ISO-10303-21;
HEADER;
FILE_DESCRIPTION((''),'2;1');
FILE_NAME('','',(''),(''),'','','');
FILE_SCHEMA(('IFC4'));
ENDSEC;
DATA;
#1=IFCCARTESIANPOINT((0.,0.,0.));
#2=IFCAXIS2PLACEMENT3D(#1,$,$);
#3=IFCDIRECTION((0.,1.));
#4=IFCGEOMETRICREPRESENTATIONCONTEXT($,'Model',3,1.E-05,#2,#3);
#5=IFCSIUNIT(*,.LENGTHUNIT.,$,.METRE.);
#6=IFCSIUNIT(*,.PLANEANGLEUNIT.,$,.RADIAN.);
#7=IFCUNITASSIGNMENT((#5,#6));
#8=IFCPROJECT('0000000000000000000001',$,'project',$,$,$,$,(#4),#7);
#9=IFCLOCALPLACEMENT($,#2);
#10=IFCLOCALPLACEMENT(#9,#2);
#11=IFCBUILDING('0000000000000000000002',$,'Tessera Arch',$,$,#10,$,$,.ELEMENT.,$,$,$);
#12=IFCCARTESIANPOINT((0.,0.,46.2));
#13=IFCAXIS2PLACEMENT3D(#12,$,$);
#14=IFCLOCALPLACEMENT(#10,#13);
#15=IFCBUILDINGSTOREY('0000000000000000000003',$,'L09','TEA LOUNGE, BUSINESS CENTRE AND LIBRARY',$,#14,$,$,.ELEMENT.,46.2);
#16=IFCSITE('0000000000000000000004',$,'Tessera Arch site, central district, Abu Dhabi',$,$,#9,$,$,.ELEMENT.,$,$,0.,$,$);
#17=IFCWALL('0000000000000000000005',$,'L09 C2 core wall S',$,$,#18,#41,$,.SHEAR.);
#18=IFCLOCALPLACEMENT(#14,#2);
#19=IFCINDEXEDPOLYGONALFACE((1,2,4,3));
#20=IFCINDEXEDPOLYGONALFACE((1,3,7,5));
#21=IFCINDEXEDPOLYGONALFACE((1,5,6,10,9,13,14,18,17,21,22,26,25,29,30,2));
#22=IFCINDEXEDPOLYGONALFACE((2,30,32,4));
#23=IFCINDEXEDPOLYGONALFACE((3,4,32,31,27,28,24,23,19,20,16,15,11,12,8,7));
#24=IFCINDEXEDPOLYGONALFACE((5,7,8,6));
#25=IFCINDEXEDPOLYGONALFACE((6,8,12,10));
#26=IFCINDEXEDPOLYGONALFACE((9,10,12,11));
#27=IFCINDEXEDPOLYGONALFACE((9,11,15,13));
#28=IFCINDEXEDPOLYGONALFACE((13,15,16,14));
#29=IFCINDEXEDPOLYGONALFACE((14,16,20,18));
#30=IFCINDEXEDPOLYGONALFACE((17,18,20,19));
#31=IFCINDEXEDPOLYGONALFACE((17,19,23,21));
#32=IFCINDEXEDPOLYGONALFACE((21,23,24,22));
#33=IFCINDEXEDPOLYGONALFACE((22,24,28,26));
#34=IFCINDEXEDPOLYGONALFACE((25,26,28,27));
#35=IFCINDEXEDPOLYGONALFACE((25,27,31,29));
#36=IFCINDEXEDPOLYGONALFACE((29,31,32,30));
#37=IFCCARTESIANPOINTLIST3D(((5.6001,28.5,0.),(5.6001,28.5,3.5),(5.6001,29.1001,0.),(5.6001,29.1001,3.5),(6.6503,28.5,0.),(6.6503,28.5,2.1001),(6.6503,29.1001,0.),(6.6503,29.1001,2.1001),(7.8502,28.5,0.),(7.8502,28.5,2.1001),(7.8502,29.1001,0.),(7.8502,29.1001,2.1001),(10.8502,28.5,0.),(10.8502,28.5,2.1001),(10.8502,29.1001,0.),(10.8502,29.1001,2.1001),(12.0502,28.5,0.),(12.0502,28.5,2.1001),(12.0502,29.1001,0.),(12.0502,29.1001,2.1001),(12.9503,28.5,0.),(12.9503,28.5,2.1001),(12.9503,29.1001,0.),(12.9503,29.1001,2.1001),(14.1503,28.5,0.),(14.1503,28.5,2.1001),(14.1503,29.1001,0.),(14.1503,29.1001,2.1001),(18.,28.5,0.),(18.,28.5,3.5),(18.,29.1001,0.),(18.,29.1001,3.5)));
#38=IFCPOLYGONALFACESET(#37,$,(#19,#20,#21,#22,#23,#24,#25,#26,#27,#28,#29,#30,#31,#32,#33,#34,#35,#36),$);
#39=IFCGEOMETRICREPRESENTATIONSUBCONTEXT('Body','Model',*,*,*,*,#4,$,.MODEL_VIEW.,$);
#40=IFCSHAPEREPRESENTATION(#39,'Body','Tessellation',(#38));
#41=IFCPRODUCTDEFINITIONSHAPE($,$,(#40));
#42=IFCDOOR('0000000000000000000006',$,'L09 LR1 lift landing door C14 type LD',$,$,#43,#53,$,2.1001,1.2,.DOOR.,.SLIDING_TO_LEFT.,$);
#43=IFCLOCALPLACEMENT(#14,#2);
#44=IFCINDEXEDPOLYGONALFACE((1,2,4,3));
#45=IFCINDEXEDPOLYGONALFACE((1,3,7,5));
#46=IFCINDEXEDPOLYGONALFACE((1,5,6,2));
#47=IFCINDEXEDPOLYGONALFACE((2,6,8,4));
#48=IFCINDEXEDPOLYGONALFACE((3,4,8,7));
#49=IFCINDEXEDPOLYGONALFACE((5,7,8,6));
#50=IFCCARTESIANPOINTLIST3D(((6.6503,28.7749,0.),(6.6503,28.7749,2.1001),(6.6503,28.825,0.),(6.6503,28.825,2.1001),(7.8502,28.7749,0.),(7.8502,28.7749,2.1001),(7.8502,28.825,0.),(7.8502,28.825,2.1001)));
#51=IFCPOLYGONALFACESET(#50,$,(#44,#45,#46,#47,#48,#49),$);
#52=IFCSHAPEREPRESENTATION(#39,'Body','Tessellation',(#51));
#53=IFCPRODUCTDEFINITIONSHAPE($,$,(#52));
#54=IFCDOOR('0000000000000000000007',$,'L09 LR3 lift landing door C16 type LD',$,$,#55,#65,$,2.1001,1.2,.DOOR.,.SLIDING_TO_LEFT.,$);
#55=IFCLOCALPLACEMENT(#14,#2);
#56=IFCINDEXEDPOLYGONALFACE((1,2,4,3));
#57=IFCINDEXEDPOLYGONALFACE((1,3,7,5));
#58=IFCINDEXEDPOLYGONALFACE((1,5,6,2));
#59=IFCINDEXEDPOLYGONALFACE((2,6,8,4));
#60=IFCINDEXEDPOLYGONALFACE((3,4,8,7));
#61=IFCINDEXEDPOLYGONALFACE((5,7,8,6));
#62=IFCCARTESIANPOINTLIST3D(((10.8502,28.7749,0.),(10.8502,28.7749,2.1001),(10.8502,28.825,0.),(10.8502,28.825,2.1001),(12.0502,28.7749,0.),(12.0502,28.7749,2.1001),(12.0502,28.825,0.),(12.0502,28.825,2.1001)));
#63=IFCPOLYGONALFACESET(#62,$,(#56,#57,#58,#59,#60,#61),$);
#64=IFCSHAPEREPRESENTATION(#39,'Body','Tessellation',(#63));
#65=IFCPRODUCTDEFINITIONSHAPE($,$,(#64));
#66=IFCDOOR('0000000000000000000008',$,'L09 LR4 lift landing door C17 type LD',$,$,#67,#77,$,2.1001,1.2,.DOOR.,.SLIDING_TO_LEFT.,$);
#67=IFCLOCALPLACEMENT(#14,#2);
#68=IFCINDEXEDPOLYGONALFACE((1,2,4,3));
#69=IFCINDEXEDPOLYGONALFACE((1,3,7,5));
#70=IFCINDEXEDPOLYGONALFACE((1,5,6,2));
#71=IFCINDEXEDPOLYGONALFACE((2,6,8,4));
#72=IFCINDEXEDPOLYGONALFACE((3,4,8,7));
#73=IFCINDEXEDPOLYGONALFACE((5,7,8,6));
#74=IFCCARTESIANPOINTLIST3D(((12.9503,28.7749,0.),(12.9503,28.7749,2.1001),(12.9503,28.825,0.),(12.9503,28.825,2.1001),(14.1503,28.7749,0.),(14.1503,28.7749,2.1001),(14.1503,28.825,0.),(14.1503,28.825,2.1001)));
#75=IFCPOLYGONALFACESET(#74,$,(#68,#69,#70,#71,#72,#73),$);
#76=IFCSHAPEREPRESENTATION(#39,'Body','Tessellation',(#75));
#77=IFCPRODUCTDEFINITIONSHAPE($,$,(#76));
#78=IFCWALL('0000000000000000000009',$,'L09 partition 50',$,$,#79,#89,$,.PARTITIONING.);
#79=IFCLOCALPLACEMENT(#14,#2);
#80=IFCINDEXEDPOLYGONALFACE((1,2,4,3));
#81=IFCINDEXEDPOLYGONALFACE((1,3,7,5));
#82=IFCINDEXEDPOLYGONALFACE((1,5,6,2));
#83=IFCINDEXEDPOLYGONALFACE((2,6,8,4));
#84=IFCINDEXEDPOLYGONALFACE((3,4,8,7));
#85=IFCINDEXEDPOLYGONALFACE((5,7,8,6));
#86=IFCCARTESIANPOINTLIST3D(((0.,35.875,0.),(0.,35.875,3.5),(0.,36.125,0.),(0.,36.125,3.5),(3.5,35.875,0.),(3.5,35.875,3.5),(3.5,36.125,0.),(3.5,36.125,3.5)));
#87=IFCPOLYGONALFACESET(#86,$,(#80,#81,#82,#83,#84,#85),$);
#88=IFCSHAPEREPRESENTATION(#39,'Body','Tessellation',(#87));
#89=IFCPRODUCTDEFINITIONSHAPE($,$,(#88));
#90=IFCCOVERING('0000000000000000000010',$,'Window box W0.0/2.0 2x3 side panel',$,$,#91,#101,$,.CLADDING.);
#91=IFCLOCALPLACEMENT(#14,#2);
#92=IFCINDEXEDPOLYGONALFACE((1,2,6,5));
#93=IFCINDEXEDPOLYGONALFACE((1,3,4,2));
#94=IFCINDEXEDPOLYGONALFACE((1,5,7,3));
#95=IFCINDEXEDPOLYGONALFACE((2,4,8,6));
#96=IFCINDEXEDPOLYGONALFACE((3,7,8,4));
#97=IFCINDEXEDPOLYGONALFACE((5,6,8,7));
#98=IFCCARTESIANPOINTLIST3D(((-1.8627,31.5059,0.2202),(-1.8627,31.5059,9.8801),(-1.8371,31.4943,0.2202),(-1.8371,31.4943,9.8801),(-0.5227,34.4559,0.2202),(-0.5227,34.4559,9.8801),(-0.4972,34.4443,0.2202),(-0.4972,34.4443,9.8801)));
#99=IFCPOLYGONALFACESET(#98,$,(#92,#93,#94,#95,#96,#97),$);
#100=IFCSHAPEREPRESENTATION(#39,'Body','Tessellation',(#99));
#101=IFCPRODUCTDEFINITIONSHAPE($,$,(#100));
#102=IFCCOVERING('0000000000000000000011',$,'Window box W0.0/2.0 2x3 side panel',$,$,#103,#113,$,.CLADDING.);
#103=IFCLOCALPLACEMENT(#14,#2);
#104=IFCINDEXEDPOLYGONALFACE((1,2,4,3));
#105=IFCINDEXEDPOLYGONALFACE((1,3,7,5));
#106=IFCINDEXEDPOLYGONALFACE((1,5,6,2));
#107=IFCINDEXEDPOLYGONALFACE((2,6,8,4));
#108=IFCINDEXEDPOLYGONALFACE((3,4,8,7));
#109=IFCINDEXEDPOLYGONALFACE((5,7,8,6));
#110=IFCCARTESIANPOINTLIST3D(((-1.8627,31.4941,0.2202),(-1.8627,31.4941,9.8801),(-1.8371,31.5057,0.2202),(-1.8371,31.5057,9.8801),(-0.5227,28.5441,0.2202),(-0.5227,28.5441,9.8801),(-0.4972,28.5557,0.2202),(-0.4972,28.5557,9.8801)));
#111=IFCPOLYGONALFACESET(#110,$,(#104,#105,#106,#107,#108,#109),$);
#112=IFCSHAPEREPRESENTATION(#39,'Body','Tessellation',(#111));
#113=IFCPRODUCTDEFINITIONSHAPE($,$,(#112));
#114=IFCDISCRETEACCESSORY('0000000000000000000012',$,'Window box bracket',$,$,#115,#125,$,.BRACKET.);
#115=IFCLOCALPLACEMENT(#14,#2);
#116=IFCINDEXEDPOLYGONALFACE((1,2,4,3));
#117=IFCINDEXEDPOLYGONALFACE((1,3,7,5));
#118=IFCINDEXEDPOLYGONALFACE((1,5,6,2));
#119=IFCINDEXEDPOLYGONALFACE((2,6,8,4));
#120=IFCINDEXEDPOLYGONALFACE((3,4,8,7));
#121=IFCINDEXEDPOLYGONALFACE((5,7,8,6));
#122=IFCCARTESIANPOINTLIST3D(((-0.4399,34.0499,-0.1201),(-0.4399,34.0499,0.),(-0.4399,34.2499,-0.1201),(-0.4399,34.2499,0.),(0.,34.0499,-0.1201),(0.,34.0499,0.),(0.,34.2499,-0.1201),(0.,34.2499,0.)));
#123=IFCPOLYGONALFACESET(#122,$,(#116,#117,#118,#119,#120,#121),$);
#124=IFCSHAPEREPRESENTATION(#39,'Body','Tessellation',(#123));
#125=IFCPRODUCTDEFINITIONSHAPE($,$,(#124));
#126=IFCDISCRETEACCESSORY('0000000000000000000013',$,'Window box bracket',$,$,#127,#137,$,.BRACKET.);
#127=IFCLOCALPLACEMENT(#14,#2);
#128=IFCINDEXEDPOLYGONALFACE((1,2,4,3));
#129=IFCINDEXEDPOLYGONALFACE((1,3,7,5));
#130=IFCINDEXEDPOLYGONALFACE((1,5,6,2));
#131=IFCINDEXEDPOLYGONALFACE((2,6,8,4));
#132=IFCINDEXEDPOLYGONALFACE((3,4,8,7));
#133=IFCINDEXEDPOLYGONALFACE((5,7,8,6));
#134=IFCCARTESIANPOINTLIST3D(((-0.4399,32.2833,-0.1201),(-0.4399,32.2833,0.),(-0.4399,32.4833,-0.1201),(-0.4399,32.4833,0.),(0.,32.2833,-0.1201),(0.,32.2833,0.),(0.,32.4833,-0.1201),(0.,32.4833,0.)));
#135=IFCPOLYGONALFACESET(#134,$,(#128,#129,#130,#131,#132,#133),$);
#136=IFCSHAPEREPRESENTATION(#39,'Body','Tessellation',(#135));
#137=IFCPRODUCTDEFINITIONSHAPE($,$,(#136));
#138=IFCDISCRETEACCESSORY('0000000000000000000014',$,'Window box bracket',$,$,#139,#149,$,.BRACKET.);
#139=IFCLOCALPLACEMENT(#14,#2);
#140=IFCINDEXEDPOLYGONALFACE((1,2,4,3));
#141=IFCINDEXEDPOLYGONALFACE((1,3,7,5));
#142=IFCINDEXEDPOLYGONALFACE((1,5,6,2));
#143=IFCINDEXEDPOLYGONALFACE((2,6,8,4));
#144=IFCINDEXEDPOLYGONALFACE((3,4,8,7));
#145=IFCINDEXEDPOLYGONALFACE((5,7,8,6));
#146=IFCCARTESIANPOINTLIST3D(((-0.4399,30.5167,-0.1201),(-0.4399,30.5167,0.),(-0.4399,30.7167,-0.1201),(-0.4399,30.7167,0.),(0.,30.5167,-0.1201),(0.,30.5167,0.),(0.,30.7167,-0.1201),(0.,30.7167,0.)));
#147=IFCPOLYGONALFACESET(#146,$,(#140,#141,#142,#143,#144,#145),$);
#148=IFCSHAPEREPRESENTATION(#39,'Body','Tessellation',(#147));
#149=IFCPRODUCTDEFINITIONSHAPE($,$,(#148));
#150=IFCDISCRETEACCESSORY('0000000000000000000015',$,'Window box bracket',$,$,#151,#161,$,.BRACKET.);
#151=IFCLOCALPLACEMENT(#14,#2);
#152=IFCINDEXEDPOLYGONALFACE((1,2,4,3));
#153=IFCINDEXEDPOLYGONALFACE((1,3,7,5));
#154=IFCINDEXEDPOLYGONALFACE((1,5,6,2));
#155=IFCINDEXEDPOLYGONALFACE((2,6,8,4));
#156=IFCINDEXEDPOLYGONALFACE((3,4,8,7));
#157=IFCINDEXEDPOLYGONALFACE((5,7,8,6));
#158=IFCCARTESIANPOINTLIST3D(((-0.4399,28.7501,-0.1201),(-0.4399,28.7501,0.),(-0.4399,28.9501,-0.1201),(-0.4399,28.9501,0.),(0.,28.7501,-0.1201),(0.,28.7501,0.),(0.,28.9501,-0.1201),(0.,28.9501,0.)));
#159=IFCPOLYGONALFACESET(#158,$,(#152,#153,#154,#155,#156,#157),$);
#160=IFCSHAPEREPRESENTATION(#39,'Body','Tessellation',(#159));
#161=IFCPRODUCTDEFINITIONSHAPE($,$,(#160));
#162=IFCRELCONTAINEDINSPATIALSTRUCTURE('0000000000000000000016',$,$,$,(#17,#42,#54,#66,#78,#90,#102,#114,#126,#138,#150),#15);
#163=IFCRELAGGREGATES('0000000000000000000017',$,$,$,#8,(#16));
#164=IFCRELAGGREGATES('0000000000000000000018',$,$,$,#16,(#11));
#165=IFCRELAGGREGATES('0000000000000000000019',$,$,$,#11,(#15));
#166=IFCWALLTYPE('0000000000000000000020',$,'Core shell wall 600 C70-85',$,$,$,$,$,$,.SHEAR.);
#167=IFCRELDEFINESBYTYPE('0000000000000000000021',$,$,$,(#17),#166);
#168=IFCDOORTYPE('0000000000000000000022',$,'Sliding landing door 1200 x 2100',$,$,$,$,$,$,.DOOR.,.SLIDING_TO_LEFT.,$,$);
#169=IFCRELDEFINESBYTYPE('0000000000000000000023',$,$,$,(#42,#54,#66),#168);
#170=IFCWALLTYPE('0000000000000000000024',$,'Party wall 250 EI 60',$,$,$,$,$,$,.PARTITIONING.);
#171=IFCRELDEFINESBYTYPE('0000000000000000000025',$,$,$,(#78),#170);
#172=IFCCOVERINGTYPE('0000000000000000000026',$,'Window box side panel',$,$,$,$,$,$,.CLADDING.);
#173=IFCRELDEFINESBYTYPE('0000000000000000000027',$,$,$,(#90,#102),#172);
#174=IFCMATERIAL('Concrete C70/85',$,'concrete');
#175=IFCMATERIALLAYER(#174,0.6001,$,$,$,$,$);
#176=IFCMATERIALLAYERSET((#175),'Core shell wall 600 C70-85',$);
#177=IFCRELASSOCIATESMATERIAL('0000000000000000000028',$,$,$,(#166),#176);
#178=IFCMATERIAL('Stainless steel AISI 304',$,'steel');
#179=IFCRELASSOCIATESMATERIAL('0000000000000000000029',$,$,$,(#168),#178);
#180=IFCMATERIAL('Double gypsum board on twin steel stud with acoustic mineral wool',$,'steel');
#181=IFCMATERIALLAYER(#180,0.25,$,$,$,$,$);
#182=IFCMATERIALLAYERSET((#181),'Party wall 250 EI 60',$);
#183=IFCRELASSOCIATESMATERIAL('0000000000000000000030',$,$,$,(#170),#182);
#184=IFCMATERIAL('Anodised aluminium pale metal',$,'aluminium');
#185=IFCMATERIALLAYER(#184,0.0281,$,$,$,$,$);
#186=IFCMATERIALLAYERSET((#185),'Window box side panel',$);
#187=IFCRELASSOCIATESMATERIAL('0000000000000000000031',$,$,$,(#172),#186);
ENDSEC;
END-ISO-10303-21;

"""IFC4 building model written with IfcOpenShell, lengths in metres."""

from ifc_helpers import new_model, si_unit, direction, frame, frame_2d, origin, origin_2d, place, context, subcontext, project, spatial, rectangle, extrude, material, layer, layer_set, type_object, element, fill, save


model = new_model("IFC4")

# Units and contexts
model_context = context("Model", 3, precision=1e-05, world=origin(), true_north=direction((0.0, 1.0)))
body_context = subcontext(model_context, "Body", "Model", "MODEL_VIEW")
ifc_project = project(units=[si_unit("LENGTHUNIT", "METRE"), si_unit("PLANEANGLEUNIT", "RADIAN")], contexts=[model_context])

# Site, building, storey
site_placement = place(None, origin())
site = spatial("IfcSite", under=ifc_project, at=site_placement, Name="Tessera Arch site, central district, Abu Dhabi", CompositionType="ELEMENT", RefElevation=0.0)
building_placement = place(site_placement, origin())
building = spatial("IfcBuilding", under=site, at=building_placement, Name="Tessera Arch", CompositionType="ELEMENT")
storey_placement = place(building_placement, frame((0.0, 0.0, 46.2)))
storey = spatial("IfcBuildingStorey", under=building, at=storey_placement, Name="L09", Description="TEA LOUNGE, BUSINESS CENTRE AND LIBRARY", CompositionType="ELEMENT", Elevation=46.2)

# Wall, openings, doors
ifc_material_1 = material(Name="Concrete C70/85", Category="concrete")
ifc_layer_1 = layer(ifc_material_1, 0.6001)
ifc_layer_set_1 = layer_set([ifc_layer_1], Name="Core shell wall 600 C70-85")
wall_type_1 = type_object("IfcWallType", Name="Core shell wall 600 C70-85", PredefinedType="SHEAR", material=ifc_layer_set_1)
wall_1_placement = place(storey_placement, frame((5.6001, 28.8, 0.0), z_axis=(0.0, 0.0, 1.0), x_axis=(1.0, 0.0, 0.0)))
wall_1 = element("IfcWall", 1, at=wall_1_placement, inside=storey, type_object=wall_type_1, Name="L09 C2 core wall S", PredefinedType="SHEAR", context=body_context, shape_type="SweptSolid", body=[
    extrude(rectangle(XDim=12.3999, YDim=0.6001, at=frame_2d((6.2, 0.0))), origin(), (0.0, 0.0, 1.0), 3.5),
])
opening_1_placement = place(wall_1_placement, frame((1.05, 0.0, 0.0)))
opening_1 = element("IfcOpeningElement", 2, at=opening_1_placement, cuts=wall_1, PredefinedType="OPENING", context=body_context, shape_type="SweptSolid", body=[
    extrude(rectangle(XDim=1.2, YDim=2.1001, at=frame_2d((0.6001, 1.05))), frame((0.0, 0.3101, 0.0), z_axis=(0.0, -1.0, 0.0), x_axis=(1.0, 0.0, 0.0)), (0.0, 0.0, 1.0), 0.6201),
])
opening_2_placement = place(wall_1_placement, frame((5.25, 0.0, 0.0)))
opening_2 = element("IfcOpeningElement", 3, at=opening_2_placement, cuts=wall_1, PredefinedType="OPENING", context=body_context, shape_type="SweptSolid", body=[
    extrude(rectangle(XDim=1.2, YDim=2.1001, at=frame_2d((0.6001, 1.05))), frame((0.0, 0.3101, 0.0), z_axis=(0.0, -1.0, 0.0), x_axis=(1.0, 0.0, 0.0)), (0.0, 0.0, 1.0), 0.6201),
])
opening_3_placement = place(wall_1_placement, frame((7.3501, 0.0, 0.0)))
opening_3 = element("IfcOpeningElement", 4, at=opening_3_placement, cuts=wall_1, PredefinedType="OPENING", context=body_context, shape_type="SweptSolid", body=[
    extrude(rectangle(XDim=1.2, YDim=2.1001, at=frame_2d((0.6001, 1.05))), frame((0.0, 0.3101, 0.0), z_axis=(0.0, -1.0, 0.0), x_axis=(1.0, 0.0, 0.0)), (0.0, 0.0, 1.0), 0.6201),
])
ifc_material_2 = material(Name="Stainless steel AISI 304", Category="steel")
door_type = type_object("IfcDoorType", Name="Sliding landing door 1200 x 2100", OperationType="SLIDING_TO_LEFT", PredefinedType="DOOR", material=ifc_material_2)
door_1_placement = place(opening_1_placement, origin())
door_1 = element("IfcDoor", 5, at=door_1_placement, inside=storey, type_object=door_type, Name="L09 LR1 lift landing door C14 type LD", OperationType="SLIDING_TO_LEFT", OverallHeight=2.1001, OverallWidth=1.2, PredefinedType="DOOR", context=body_context, shape_type="SweptSolid", body=[
    extrude(rectangle(XDim=1.2, YDim=2.1001, at=frame_2d((0.6001, 1.05))), frame((0.0, 0.0249, 0.0), z_axis=(0.0, -1.0, 0.0), x_axis=(1.0, 0.0, 0.0)), (0.0, 0.0, 1.0), 0.05),
])
fill(opening_1, door_1)
door_2_placement = place(opening_2_placement, origin())
door_2 = element("IfcDoor", 6, at=door_2_placement, inside=storey, type_object=door_type, Name="L09 LR3 lift landing door C16 type LD", OperationType="SLIDING_TO_LEFT", OverallHeight=2.1001, OverallWidth=1.2, PredefinedType="DOOR", context=body_context, shape_type="SweptSolid", body=[
    extrude(rectangle(XDim=1.2, YDim=2.1001, at=frame_2d((0.6001, 1.05))), frame((0.0, 0.0249, 0.0), z_axis=(0.0, -1.0, 0.0), x_axis=(1.0, 0.0, 0.0)), (0.0, 0.0, 1.0), 0.05),
])
fill(opening_2, door_2)
door_3_placement = place(opening_3_placement, origin())
door_3 = element("IfcDoor", 7, at=door_3_placement, inside=storey, type_object=door_type, Name="L09 LR4 lift landing door C17 type LD", OperationType="SLIDING_TO_LEFT", OverallHeight=2.1001, OverallWidth=1.2, PredefinedType="DOOR", context=body_context, shape_type="SweptSolid", body=[
    extrude(rectangle(XDim=1.2, YDim=2.1001, at=frame_2d((0.6001, 1.05))), frame((0.0, 0.0249, 0.0), z_axis=(0.0, -1.0, 0.0), x_axis=(1.0, 0.0, 0.0)), (0.0, 0.0, 1.0), 0.05),
])
fill(opening_3, door_3)

# Wall
ifc_material_3 = material(Name="Double gypsum board on twin steel stud with acoustic mineral wool", Category="steel")
ifc_layer_2 = layer(ifc_material_3, 0.25)
ifc_layer_set_2 = layer_set([ifc_layer_2], Name="Party wall 250 EI 60")
wall_type_2 = type_object("IfcWallType", Name="Party wall 250 EI 60", PredefinedType="PARTITIONING", material=ifc_layer_set_2)
wall_2_placement = place(storey_placement, frame((0.0, 36.0, 0.0), z_axis=(0.0, 0.0, 1.0), x_axis=(1.0, 0.0, 0.0)))
element("IfcWall", 8, at=wall_2_placement, inside=storey, type_object=wall_type_2, Name="L09 partition 50", PredefinedType="PARTITIONING", context=body_context, shape_type="SweptSolid", body=[
    extrude(rectangle(XDim=3.5, YDim=0.25, at=frame_2d((1.75, 0.0))), origin(), (0.0, 0.0, 1.0), 3.5),
])

# Coverings
ifc_material_4 = material(Name="Anodised aluminium pale metal", Category="aluminium")
ifc_layer_3 = layer(ifc_material_4, 0.0281)
ifc_layer_set_3 = layer_set([ifc_layer_3], Name="Window box side panel")
covering_type = type_object("IfcCoveringType", Name="Window box side panel", PredefinedType="CLADDING", material=ifc_layer_set_3)
for number, where, z_axis, x_axis, name in (
    (9, (-1.1799, 32.9751, 0.2202), (0.0, 0.0, 1.0), (-0.41357, -0.910472, 0.0), "Window box W0.0/2.0 2x3 side panel"),
    (10, (-1.1799, 30.0249, 0.2202), (0.0, 0.0, 1.0), (-0.41357, 0.910472, 0.0), "Window box W0.0/2.0 2x3 side panel"),
):
    element("IfcCovering", number, at=place(storey_placement, frame(where, z_axis=z_axis, x_axis=x_axis)), inside=storey, type_object=covering_type, Name=name, PredefinedType="CLADDING", context=body_context, shape_type="SweptSolid", body=[
        extrude(rectangle(XDim=3.24, YDim=0.0281, at=origin_2d()), origin(), (0.0, 0.0, 1.0), 9.6599),
    ])

# Discrete accessories
for number, where, z_axis, x_axis, name in (
    (11, (-0.22, 34.1499, -0.1201), (0.0, 0.0, 1.0), (-1.0, 0.0, 0.0), "Window box bracket"),
    (12, (-0.22, 32.3833, -0.1201), (0.0, 0.0, 1.0), (-1.0, 0.0, 0.0), "Window box bracket"),
    (13, (-0.22, 30.6167, -0.1201), (0.0, 0.0, 1.0), (-1.0, 0.0, 0.0), "Window box bracket"),
    (14, (-0.22, 28.8501, -0.1201), (0.0, 0.0, 1.0), (-1.0, 0.0, 0.0), "Window box bracket"),
):
    element("IfcDiscreteAccessory", number, at=place(storey_placement, frame(where, z_axis=z_axis, x_axis=x_axis)), inside=storey, Name=name, PredefinedType="BRACKET", context=body_context, shape_type="SweptSolid", body=[
        extrude(rectangle(XDim=0.4399, YDim=0.2, at=origin_2d()), origin(), (0.0, 0.0, 1.0), 0.1201),
    ])

save(model, "model.ifc")
